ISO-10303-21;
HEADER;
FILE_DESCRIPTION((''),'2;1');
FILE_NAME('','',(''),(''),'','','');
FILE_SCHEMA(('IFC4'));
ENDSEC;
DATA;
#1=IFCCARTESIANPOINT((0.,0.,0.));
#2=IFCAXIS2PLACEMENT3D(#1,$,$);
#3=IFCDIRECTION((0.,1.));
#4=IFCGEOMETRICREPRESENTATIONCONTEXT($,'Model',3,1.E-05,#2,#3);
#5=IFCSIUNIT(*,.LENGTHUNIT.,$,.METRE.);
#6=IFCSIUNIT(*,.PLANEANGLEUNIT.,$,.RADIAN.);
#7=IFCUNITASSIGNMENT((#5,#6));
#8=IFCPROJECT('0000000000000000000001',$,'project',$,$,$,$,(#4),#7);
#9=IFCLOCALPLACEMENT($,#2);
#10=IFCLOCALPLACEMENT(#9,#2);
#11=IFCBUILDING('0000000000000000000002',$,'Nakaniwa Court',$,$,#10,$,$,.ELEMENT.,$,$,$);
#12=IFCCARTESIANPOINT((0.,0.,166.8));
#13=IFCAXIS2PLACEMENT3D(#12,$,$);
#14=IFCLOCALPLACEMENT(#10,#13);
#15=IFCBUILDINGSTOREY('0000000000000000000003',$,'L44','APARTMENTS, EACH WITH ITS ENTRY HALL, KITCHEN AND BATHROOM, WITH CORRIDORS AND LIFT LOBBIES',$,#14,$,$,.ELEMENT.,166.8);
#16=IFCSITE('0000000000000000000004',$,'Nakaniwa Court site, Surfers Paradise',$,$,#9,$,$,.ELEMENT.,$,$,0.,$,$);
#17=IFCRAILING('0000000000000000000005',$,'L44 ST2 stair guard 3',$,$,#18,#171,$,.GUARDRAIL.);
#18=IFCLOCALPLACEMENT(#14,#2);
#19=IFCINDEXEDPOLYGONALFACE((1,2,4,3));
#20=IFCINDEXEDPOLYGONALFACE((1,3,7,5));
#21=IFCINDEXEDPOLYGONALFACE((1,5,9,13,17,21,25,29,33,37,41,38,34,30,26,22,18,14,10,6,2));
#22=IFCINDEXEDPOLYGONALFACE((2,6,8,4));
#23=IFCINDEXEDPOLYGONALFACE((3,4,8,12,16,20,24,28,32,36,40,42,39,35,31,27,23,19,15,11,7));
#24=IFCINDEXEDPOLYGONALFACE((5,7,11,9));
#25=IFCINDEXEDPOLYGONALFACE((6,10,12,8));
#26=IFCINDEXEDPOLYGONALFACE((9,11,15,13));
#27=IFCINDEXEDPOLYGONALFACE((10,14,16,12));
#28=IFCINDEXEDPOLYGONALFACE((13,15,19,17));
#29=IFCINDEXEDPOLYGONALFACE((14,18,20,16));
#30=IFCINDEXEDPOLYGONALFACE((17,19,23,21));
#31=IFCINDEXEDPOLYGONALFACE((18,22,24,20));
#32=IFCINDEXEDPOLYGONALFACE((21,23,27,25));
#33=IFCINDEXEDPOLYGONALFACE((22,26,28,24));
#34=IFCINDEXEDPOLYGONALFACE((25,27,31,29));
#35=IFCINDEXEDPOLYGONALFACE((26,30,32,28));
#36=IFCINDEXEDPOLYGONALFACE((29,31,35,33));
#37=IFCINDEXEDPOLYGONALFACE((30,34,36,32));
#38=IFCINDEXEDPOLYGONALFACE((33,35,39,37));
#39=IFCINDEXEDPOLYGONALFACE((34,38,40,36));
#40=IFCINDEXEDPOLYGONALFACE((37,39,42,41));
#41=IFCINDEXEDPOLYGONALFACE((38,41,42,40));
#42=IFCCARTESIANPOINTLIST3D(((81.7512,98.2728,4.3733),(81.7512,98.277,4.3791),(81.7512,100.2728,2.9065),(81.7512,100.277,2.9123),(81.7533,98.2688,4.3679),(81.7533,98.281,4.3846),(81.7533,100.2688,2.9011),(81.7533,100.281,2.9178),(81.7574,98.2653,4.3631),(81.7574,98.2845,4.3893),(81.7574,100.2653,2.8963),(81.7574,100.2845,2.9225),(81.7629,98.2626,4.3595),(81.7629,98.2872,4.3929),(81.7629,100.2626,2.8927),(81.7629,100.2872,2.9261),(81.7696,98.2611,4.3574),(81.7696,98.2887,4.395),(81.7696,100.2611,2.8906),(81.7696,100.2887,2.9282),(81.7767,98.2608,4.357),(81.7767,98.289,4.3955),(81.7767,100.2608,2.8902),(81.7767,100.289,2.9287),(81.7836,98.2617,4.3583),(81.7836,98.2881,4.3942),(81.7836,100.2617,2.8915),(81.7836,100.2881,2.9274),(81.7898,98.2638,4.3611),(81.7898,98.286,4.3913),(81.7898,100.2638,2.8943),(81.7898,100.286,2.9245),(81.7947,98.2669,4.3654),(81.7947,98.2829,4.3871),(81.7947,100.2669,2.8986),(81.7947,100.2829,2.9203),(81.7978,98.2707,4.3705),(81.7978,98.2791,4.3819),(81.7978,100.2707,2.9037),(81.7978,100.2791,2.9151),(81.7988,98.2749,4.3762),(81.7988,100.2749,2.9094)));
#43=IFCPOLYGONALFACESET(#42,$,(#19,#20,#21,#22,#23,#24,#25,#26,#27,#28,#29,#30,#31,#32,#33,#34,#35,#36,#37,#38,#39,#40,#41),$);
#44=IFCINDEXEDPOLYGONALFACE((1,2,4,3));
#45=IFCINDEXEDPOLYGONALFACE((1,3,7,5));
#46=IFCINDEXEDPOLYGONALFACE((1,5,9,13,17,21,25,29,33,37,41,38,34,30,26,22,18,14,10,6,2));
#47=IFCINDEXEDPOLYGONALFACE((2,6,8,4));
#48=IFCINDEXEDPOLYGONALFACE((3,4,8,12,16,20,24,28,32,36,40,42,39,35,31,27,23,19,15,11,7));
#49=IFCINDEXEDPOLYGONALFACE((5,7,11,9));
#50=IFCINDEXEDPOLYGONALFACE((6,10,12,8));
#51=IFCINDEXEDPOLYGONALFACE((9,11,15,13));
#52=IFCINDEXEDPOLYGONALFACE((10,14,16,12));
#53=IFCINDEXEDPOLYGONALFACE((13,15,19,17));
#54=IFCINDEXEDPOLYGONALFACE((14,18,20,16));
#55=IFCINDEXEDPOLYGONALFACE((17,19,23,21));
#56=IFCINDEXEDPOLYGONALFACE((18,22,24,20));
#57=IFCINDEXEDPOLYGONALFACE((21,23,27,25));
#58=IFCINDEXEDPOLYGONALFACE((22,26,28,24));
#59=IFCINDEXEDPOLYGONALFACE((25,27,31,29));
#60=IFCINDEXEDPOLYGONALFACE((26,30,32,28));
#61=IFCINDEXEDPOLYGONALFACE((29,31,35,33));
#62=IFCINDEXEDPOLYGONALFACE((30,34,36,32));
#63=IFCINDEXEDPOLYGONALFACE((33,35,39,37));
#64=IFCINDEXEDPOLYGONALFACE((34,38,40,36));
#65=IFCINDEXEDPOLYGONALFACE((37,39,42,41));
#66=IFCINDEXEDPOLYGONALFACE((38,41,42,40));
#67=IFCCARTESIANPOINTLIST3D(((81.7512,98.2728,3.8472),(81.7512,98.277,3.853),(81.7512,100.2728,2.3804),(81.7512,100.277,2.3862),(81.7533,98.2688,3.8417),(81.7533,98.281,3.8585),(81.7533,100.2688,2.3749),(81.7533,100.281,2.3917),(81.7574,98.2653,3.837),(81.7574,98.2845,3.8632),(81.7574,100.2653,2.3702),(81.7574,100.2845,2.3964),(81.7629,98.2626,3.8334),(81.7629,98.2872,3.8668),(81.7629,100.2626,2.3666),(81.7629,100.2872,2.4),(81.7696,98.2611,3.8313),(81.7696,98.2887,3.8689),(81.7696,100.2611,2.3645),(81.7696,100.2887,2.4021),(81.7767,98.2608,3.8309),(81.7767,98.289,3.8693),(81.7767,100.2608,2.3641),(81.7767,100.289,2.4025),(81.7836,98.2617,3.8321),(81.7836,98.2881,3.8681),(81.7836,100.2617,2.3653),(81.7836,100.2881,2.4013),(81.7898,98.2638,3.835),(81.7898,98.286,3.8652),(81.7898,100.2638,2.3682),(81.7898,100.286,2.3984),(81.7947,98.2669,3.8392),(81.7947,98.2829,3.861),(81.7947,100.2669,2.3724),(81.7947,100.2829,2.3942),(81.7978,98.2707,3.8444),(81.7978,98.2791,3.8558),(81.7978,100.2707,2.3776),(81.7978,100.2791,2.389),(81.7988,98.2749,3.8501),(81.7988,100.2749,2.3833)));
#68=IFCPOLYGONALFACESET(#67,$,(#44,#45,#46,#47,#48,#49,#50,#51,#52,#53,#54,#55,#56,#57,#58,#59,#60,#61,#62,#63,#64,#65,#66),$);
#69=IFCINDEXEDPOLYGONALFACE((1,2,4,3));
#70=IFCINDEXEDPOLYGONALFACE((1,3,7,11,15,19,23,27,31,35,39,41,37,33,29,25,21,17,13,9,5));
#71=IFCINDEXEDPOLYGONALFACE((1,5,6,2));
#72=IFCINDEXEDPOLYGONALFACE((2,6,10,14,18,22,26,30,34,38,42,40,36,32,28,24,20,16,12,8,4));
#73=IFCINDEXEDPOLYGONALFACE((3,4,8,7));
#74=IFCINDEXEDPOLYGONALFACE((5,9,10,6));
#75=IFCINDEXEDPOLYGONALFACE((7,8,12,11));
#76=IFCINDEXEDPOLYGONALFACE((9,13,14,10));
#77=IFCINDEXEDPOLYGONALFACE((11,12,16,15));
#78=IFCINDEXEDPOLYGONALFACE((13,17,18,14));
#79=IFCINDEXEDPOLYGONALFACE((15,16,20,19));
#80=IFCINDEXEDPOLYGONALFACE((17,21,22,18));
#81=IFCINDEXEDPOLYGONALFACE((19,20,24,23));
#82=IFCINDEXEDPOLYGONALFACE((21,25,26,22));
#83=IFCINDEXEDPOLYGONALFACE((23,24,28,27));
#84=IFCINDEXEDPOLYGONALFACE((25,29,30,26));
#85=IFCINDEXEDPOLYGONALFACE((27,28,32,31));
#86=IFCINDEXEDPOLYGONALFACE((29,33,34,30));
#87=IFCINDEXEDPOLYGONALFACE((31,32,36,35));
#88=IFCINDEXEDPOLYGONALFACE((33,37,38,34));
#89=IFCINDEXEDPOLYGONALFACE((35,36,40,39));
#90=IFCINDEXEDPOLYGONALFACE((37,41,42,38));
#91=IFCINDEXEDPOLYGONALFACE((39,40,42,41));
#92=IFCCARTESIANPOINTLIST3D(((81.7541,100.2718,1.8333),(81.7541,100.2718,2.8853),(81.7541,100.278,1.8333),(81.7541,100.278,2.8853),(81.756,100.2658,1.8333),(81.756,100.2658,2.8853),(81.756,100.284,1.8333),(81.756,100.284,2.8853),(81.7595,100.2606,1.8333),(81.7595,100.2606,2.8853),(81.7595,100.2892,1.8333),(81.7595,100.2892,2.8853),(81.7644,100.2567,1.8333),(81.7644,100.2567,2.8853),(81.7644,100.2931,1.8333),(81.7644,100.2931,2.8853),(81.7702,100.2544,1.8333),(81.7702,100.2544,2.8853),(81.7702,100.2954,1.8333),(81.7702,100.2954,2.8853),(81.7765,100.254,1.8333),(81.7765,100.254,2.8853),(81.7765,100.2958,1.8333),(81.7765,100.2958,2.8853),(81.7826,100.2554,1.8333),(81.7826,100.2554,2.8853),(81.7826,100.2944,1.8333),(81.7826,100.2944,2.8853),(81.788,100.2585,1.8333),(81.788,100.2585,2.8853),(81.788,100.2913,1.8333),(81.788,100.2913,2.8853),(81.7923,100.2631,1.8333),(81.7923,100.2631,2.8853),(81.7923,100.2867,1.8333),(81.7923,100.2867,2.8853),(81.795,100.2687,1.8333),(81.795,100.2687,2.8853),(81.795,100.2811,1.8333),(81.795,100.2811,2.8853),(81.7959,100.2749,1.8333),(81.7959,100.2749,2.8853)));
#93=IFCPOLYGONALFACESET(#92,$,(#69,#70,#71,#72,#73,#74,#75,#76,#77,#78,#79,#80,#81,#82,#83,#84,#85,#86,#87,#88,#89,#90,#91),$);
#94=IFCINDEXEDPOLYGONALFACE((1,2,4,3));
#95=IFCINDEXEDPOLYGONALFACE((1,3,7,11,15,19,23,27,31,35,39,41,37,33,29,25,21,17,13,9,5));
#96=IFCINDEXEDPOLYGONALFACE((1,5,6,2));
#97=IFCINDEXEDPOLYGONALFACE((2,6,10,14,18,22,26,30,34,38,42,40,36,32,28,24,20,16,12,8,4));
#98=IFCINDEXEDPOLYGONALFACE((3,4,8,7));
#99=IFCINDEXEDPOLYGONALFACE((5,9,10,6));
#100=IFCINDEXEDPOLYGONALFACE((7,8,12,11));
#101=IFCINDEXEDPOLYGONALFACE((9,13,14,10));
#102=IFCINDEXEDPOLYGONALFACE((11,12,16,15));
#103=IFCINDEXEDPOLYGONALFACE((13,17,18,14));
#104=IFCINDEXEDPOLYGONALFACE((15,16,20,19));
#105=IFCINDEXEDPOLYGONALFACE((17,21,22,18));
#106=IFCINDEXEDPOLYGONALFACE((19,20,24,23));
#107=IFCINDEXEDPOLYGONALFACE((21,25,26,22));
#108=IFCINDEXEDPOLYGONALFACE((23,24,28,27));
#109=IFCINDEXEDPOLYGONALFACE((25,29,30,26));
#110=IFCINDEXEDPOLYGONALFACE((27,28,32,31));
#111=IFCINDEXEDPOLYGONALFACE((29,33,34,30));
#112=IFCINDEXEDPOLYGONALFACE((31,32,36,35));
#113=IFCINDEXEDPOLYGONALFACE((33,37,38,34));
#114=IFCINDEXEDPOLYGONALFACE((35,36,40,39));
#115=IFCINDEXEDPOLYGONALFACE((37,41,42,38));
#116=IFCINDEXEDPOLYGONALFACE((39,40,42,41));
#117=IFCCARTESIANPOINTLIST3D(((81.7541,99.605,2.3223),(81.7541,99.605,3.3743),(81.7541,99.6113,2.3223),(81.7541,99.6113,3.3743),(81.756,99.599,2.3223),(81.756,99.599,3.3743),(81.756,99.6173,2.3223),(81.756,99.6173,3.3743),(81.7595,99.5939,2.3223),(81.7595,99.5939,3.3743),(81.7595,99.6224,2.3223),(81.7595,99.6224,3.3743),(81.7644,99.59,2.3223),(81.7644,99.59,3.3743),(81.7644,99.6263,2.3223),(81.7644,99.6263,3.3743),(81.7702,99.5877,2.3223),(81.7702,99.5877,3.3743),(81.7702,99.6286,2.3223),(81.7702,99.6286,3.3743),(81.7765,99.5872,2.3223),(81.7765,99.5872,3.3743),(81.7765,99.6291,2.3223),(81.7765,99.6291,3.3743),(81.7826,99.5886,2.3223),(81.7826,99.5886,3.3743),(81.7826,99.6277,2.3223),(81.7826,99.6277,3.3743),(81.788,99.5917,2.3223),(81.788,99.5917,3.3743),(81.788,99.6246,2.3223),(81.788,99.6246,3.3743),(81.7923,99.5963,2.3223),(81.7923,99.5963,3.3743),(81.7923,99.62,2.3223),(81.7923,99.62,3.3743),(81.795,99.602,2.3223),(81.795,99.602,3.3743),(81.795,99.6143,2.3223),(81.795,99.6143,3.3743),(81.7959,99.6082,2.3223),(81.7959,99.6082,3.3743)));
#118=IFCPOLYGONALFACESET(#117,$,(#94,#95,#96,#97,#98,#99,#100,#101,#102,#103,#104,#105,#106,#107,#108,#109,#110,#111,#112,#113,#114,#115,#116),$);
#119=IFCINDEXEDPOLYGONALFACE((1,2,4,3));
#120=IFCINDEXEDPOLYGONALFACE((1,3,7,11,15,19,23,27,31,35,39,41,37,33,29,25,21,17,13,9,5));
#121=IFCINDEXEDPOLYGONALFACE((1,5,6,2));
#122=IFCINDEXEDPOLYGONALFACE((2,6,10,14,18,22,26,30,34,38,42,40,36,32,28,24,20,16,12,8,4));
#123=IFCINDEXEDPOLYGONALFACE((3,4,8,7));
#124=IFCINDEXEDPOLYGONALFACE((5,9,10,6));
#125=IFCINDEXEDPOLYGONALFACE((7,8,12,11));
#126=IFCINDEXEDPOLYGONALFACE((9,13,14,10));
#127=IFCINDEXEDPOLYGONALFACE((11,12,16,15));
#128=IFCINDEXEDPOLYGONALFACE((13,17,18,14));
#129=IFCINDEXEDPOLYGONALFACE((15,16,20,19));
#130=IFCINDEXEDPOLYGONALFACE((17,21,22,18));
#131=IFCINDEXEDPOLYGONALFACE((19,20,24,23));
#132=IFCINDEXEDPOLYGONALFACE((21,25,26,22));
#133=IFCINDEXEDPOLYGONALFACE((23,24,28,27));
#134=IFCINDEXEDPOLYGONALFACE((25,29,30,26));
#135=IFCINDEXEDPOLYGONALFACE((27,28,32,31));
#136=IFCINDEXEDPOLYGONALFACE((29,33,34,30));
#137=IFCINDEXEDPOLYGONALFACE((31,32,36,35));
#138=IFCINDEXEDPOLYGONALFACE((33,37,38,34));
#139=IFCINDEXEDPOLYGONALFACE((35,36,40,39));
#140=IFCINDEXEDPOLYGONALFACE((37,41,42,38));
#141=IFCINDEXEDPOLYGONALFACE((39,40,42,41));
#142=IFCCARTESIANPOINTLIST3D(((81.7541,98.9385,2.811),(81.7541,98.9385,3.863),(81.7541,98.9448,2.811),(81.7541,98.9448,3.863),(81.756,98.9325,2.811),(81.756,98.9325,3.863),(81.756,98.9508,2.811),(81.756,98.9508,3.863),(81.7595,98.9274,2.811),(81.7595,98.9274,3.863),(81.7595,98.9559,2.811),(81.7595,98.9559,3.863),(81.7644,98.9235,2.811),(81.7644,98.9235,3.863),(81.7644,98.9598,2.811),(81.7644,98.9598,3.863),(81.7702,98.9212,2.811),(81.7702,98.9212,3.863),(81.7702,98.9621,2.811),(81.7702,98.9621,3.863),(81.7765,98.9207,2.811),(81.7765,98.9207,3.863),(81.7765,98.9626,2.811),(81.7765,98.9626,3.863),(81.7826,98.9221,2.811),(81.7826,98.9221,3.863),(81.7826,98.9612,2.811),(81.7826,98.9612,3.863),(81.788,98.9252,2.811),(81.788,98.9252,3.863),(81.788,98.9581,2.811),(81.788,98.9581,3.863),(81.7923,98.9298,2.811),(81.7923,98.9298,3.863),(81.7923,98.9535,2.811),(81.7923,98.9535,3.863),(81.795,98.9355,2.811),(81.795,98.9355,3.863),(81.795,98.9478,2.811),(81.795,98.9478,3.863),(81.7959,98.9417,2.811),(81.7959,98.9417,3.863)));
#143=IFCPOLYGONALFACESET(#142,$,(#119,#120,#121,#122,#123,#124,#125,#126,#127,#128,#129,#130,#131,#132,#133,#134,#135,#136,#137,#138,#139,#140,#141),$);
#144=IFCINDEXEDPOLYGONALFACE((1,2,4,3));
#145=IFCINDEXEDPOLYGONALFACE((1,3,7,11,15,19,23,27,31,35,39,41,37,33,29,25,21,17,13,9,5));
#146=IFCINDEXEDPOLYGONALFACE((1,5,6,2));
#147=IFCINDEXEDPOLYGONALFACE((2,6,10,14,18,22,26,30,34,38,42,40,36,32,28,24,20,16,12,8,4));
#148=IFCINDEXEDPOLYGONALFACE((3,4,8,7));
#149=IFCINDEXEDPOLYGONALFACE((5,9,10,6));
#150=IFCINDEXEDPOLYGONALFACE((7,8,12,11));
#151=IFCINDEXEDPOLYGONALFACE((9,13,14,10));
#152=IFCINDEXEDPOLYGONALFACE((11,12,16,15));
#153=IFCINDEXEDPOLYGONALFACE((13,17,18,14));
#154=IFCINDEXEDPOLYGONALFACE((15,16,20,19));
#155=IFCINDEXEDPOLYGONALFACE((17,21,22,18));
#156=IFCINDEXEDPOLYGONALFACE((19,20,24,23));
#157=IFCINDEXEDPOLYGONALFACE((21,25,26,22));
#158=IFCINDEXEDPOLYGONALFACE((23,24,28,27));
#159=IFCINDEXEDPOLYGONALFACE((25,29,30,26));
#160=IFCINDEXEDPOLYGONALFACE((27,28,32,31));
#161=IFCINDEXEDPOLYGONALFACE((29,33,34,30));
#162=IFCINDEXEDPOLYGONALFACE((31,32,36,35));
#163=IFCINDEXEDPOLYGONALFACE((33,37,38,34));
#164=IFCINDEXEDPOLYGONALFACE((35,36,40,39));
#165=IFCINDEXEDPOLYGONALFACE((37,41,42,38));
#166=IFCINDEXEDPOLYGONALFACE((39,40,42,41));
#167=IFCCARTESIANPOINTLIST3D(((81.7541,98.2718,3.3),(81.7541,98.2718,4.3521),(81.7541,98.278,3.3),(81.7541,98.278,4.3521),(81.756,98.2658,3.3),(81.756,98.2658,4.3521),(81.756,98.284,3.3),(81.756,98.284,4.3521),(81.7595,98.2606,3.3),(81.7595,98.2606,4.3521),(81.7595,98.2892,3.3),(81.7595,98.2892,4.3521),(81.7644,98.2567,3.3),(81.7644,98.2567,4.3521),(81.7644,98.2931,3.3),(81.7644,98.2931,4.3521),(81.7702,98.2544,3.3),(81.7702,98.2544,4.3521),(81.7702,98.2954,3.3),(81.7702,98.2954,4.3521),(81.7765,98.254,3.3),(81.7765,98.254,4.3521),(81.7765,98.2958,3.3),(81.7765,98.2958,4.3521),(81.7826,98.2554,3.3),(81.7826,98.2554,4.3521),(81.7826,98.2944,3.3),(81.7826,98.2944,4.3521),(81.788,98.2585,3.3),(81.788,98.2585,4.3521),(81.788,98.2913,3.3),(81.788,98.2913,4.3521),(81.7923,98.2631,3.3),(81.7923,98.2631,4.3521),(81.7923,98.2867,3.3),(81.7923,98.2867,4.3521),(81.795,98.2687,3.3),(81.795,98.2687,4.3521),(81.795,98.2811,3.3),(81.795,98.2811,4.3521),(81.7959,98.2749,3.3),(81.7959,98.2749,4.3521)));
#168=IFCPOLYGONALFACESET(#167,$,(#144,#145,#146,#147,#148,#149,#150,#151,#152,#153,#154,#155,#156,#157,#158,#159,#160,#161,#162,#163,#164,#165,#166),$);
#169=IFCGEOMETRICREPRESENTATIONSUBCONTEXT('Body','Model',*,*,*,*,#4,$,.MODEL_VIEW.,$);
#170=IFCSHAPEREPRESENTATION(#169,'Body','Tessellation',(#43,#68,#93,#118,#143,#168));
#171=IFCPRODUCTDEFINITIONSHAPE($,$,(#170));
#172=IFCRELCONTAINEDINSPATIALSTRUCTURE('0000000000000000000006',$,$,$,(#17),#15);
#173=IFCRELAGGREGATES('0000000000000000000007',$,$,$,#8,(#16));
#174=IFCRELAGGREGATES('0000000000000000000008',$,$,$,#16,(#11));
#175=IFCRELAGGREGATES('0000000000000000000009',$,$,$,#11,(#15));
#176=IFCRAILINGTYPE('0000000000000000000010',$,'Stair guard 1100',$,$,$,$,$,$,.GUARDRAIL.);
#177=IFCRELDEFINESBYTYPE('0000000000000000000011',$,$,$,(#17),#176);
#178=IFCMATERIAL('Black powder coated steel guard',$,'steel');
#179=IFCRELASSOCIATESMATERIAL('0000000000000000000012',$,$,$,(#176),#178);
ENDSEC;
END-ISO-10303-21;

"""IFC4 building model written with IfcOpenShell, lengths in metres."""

from ifc_helpers import new_model, si_unit, direction, frame, origin, origin_2d, place, context, subcontext, project, spatial, circle, extrude, material, type_object, element, save


model = new_model("IFC4")

# Units and contexts
model_context = context("Model", 3, precision=1e-05, world=origin(), true_north=direction((0.0, 1.0)))
body_context = subcontext(model_context, "Body", "Model", "MODEL_VIEW")
ifc_project = project(units=[si_unit("LENGTHUNIT", "METRE"), si_unit("PLANEANGLEUNIT", "RADIAN")], contexts=[model_context])

# Site, building, storey
site_placement = place(None, origin())
site = spatial("IfcSite", under=ifc_project, at=site_placement, Name="Nakaniwa Court site, Surfers Paradise", CompositionType="ELEMENT", RefElevation=0.0)
building_placement = place(site_placement, origin())
building = spatial("IfcBuilding", under=site, at=building_placement, Name="Nakaniwa Court", CompositionType="ELEMENT")
storey_placement = place(building_placement, frame((0.0, 0.0, 166.8)))
storey = spatial("IfcBuildingStorey", under=building, at=storey_placement, Name="L44", Description="APARTMENTS, EACH WITH ITS ENTRY HALL, KITCHEN AND BATHROOM, WITH CORRIDORS AND LIFT LOBBIES", CompositionType="ELEMENT", Elevation=166.8)

# Railing
ifc_material_1 = material(Name="Black powder coated steel guard", Category="steel")
railing_type_1 = type_object("IfcRailingType", Name="Stair guard 1100", PredefinedType="GUARDRAIL", material=ifc_material_1)
railing_1_placement = place(storey_placement, frame((81.7749, 100.2749, 1.8333)))
element("IfcRailing", 1, at=railing_1_placement, inside=storey, type_object=railing_type_1, Name="L44 ST2 stair guard 3", PredefinedType="GUARDRAIL", context=body_context, shape_type="SweptSolid", body=[
    extrude(circle(Radius=0.0239, at=origin_2d()), frame((0.0, 0.0, 1.0762), z_axis=(0.0, -0.80638, 0.591398), x_axis=(1.0, 0.0, 0.0)), (0.0, 0.0, 1.0), 2.4802),
    extrude(circle(Radius=0.0239, at=origin_2d()), frame((0.0, 0.0, 0.55), z_axis=(0.0, -0.80638, 0.591398), x_axis=(1.0, 0.0, 0.0)), (0.0, 0.0, 1.0), 2.4802),
    extrude(circle(Radius=0.021, at=origin_2d()), origin(), (0.0, 0.0, 1.0), 1.052),
    extrude(circle(Radius=0.021, at=origin_2d()), frame((0.0, -0.6667, 0.489)), (0.0, 0.0, 1.0), 1.052),
    extrude(circle(Radius=0.021, at=origin_2d()), frame((0.0, -1.3333, 0.9778)), (0.0, 0.0, 1.0), 1.052),
    extrude(circle(Radius=0.021, at=origin_2d()), frame((0.0, -2.0, 1.4668)), (0.0, 0.0, 1.0), 1.052),
])

save(model, "model.ifc")
